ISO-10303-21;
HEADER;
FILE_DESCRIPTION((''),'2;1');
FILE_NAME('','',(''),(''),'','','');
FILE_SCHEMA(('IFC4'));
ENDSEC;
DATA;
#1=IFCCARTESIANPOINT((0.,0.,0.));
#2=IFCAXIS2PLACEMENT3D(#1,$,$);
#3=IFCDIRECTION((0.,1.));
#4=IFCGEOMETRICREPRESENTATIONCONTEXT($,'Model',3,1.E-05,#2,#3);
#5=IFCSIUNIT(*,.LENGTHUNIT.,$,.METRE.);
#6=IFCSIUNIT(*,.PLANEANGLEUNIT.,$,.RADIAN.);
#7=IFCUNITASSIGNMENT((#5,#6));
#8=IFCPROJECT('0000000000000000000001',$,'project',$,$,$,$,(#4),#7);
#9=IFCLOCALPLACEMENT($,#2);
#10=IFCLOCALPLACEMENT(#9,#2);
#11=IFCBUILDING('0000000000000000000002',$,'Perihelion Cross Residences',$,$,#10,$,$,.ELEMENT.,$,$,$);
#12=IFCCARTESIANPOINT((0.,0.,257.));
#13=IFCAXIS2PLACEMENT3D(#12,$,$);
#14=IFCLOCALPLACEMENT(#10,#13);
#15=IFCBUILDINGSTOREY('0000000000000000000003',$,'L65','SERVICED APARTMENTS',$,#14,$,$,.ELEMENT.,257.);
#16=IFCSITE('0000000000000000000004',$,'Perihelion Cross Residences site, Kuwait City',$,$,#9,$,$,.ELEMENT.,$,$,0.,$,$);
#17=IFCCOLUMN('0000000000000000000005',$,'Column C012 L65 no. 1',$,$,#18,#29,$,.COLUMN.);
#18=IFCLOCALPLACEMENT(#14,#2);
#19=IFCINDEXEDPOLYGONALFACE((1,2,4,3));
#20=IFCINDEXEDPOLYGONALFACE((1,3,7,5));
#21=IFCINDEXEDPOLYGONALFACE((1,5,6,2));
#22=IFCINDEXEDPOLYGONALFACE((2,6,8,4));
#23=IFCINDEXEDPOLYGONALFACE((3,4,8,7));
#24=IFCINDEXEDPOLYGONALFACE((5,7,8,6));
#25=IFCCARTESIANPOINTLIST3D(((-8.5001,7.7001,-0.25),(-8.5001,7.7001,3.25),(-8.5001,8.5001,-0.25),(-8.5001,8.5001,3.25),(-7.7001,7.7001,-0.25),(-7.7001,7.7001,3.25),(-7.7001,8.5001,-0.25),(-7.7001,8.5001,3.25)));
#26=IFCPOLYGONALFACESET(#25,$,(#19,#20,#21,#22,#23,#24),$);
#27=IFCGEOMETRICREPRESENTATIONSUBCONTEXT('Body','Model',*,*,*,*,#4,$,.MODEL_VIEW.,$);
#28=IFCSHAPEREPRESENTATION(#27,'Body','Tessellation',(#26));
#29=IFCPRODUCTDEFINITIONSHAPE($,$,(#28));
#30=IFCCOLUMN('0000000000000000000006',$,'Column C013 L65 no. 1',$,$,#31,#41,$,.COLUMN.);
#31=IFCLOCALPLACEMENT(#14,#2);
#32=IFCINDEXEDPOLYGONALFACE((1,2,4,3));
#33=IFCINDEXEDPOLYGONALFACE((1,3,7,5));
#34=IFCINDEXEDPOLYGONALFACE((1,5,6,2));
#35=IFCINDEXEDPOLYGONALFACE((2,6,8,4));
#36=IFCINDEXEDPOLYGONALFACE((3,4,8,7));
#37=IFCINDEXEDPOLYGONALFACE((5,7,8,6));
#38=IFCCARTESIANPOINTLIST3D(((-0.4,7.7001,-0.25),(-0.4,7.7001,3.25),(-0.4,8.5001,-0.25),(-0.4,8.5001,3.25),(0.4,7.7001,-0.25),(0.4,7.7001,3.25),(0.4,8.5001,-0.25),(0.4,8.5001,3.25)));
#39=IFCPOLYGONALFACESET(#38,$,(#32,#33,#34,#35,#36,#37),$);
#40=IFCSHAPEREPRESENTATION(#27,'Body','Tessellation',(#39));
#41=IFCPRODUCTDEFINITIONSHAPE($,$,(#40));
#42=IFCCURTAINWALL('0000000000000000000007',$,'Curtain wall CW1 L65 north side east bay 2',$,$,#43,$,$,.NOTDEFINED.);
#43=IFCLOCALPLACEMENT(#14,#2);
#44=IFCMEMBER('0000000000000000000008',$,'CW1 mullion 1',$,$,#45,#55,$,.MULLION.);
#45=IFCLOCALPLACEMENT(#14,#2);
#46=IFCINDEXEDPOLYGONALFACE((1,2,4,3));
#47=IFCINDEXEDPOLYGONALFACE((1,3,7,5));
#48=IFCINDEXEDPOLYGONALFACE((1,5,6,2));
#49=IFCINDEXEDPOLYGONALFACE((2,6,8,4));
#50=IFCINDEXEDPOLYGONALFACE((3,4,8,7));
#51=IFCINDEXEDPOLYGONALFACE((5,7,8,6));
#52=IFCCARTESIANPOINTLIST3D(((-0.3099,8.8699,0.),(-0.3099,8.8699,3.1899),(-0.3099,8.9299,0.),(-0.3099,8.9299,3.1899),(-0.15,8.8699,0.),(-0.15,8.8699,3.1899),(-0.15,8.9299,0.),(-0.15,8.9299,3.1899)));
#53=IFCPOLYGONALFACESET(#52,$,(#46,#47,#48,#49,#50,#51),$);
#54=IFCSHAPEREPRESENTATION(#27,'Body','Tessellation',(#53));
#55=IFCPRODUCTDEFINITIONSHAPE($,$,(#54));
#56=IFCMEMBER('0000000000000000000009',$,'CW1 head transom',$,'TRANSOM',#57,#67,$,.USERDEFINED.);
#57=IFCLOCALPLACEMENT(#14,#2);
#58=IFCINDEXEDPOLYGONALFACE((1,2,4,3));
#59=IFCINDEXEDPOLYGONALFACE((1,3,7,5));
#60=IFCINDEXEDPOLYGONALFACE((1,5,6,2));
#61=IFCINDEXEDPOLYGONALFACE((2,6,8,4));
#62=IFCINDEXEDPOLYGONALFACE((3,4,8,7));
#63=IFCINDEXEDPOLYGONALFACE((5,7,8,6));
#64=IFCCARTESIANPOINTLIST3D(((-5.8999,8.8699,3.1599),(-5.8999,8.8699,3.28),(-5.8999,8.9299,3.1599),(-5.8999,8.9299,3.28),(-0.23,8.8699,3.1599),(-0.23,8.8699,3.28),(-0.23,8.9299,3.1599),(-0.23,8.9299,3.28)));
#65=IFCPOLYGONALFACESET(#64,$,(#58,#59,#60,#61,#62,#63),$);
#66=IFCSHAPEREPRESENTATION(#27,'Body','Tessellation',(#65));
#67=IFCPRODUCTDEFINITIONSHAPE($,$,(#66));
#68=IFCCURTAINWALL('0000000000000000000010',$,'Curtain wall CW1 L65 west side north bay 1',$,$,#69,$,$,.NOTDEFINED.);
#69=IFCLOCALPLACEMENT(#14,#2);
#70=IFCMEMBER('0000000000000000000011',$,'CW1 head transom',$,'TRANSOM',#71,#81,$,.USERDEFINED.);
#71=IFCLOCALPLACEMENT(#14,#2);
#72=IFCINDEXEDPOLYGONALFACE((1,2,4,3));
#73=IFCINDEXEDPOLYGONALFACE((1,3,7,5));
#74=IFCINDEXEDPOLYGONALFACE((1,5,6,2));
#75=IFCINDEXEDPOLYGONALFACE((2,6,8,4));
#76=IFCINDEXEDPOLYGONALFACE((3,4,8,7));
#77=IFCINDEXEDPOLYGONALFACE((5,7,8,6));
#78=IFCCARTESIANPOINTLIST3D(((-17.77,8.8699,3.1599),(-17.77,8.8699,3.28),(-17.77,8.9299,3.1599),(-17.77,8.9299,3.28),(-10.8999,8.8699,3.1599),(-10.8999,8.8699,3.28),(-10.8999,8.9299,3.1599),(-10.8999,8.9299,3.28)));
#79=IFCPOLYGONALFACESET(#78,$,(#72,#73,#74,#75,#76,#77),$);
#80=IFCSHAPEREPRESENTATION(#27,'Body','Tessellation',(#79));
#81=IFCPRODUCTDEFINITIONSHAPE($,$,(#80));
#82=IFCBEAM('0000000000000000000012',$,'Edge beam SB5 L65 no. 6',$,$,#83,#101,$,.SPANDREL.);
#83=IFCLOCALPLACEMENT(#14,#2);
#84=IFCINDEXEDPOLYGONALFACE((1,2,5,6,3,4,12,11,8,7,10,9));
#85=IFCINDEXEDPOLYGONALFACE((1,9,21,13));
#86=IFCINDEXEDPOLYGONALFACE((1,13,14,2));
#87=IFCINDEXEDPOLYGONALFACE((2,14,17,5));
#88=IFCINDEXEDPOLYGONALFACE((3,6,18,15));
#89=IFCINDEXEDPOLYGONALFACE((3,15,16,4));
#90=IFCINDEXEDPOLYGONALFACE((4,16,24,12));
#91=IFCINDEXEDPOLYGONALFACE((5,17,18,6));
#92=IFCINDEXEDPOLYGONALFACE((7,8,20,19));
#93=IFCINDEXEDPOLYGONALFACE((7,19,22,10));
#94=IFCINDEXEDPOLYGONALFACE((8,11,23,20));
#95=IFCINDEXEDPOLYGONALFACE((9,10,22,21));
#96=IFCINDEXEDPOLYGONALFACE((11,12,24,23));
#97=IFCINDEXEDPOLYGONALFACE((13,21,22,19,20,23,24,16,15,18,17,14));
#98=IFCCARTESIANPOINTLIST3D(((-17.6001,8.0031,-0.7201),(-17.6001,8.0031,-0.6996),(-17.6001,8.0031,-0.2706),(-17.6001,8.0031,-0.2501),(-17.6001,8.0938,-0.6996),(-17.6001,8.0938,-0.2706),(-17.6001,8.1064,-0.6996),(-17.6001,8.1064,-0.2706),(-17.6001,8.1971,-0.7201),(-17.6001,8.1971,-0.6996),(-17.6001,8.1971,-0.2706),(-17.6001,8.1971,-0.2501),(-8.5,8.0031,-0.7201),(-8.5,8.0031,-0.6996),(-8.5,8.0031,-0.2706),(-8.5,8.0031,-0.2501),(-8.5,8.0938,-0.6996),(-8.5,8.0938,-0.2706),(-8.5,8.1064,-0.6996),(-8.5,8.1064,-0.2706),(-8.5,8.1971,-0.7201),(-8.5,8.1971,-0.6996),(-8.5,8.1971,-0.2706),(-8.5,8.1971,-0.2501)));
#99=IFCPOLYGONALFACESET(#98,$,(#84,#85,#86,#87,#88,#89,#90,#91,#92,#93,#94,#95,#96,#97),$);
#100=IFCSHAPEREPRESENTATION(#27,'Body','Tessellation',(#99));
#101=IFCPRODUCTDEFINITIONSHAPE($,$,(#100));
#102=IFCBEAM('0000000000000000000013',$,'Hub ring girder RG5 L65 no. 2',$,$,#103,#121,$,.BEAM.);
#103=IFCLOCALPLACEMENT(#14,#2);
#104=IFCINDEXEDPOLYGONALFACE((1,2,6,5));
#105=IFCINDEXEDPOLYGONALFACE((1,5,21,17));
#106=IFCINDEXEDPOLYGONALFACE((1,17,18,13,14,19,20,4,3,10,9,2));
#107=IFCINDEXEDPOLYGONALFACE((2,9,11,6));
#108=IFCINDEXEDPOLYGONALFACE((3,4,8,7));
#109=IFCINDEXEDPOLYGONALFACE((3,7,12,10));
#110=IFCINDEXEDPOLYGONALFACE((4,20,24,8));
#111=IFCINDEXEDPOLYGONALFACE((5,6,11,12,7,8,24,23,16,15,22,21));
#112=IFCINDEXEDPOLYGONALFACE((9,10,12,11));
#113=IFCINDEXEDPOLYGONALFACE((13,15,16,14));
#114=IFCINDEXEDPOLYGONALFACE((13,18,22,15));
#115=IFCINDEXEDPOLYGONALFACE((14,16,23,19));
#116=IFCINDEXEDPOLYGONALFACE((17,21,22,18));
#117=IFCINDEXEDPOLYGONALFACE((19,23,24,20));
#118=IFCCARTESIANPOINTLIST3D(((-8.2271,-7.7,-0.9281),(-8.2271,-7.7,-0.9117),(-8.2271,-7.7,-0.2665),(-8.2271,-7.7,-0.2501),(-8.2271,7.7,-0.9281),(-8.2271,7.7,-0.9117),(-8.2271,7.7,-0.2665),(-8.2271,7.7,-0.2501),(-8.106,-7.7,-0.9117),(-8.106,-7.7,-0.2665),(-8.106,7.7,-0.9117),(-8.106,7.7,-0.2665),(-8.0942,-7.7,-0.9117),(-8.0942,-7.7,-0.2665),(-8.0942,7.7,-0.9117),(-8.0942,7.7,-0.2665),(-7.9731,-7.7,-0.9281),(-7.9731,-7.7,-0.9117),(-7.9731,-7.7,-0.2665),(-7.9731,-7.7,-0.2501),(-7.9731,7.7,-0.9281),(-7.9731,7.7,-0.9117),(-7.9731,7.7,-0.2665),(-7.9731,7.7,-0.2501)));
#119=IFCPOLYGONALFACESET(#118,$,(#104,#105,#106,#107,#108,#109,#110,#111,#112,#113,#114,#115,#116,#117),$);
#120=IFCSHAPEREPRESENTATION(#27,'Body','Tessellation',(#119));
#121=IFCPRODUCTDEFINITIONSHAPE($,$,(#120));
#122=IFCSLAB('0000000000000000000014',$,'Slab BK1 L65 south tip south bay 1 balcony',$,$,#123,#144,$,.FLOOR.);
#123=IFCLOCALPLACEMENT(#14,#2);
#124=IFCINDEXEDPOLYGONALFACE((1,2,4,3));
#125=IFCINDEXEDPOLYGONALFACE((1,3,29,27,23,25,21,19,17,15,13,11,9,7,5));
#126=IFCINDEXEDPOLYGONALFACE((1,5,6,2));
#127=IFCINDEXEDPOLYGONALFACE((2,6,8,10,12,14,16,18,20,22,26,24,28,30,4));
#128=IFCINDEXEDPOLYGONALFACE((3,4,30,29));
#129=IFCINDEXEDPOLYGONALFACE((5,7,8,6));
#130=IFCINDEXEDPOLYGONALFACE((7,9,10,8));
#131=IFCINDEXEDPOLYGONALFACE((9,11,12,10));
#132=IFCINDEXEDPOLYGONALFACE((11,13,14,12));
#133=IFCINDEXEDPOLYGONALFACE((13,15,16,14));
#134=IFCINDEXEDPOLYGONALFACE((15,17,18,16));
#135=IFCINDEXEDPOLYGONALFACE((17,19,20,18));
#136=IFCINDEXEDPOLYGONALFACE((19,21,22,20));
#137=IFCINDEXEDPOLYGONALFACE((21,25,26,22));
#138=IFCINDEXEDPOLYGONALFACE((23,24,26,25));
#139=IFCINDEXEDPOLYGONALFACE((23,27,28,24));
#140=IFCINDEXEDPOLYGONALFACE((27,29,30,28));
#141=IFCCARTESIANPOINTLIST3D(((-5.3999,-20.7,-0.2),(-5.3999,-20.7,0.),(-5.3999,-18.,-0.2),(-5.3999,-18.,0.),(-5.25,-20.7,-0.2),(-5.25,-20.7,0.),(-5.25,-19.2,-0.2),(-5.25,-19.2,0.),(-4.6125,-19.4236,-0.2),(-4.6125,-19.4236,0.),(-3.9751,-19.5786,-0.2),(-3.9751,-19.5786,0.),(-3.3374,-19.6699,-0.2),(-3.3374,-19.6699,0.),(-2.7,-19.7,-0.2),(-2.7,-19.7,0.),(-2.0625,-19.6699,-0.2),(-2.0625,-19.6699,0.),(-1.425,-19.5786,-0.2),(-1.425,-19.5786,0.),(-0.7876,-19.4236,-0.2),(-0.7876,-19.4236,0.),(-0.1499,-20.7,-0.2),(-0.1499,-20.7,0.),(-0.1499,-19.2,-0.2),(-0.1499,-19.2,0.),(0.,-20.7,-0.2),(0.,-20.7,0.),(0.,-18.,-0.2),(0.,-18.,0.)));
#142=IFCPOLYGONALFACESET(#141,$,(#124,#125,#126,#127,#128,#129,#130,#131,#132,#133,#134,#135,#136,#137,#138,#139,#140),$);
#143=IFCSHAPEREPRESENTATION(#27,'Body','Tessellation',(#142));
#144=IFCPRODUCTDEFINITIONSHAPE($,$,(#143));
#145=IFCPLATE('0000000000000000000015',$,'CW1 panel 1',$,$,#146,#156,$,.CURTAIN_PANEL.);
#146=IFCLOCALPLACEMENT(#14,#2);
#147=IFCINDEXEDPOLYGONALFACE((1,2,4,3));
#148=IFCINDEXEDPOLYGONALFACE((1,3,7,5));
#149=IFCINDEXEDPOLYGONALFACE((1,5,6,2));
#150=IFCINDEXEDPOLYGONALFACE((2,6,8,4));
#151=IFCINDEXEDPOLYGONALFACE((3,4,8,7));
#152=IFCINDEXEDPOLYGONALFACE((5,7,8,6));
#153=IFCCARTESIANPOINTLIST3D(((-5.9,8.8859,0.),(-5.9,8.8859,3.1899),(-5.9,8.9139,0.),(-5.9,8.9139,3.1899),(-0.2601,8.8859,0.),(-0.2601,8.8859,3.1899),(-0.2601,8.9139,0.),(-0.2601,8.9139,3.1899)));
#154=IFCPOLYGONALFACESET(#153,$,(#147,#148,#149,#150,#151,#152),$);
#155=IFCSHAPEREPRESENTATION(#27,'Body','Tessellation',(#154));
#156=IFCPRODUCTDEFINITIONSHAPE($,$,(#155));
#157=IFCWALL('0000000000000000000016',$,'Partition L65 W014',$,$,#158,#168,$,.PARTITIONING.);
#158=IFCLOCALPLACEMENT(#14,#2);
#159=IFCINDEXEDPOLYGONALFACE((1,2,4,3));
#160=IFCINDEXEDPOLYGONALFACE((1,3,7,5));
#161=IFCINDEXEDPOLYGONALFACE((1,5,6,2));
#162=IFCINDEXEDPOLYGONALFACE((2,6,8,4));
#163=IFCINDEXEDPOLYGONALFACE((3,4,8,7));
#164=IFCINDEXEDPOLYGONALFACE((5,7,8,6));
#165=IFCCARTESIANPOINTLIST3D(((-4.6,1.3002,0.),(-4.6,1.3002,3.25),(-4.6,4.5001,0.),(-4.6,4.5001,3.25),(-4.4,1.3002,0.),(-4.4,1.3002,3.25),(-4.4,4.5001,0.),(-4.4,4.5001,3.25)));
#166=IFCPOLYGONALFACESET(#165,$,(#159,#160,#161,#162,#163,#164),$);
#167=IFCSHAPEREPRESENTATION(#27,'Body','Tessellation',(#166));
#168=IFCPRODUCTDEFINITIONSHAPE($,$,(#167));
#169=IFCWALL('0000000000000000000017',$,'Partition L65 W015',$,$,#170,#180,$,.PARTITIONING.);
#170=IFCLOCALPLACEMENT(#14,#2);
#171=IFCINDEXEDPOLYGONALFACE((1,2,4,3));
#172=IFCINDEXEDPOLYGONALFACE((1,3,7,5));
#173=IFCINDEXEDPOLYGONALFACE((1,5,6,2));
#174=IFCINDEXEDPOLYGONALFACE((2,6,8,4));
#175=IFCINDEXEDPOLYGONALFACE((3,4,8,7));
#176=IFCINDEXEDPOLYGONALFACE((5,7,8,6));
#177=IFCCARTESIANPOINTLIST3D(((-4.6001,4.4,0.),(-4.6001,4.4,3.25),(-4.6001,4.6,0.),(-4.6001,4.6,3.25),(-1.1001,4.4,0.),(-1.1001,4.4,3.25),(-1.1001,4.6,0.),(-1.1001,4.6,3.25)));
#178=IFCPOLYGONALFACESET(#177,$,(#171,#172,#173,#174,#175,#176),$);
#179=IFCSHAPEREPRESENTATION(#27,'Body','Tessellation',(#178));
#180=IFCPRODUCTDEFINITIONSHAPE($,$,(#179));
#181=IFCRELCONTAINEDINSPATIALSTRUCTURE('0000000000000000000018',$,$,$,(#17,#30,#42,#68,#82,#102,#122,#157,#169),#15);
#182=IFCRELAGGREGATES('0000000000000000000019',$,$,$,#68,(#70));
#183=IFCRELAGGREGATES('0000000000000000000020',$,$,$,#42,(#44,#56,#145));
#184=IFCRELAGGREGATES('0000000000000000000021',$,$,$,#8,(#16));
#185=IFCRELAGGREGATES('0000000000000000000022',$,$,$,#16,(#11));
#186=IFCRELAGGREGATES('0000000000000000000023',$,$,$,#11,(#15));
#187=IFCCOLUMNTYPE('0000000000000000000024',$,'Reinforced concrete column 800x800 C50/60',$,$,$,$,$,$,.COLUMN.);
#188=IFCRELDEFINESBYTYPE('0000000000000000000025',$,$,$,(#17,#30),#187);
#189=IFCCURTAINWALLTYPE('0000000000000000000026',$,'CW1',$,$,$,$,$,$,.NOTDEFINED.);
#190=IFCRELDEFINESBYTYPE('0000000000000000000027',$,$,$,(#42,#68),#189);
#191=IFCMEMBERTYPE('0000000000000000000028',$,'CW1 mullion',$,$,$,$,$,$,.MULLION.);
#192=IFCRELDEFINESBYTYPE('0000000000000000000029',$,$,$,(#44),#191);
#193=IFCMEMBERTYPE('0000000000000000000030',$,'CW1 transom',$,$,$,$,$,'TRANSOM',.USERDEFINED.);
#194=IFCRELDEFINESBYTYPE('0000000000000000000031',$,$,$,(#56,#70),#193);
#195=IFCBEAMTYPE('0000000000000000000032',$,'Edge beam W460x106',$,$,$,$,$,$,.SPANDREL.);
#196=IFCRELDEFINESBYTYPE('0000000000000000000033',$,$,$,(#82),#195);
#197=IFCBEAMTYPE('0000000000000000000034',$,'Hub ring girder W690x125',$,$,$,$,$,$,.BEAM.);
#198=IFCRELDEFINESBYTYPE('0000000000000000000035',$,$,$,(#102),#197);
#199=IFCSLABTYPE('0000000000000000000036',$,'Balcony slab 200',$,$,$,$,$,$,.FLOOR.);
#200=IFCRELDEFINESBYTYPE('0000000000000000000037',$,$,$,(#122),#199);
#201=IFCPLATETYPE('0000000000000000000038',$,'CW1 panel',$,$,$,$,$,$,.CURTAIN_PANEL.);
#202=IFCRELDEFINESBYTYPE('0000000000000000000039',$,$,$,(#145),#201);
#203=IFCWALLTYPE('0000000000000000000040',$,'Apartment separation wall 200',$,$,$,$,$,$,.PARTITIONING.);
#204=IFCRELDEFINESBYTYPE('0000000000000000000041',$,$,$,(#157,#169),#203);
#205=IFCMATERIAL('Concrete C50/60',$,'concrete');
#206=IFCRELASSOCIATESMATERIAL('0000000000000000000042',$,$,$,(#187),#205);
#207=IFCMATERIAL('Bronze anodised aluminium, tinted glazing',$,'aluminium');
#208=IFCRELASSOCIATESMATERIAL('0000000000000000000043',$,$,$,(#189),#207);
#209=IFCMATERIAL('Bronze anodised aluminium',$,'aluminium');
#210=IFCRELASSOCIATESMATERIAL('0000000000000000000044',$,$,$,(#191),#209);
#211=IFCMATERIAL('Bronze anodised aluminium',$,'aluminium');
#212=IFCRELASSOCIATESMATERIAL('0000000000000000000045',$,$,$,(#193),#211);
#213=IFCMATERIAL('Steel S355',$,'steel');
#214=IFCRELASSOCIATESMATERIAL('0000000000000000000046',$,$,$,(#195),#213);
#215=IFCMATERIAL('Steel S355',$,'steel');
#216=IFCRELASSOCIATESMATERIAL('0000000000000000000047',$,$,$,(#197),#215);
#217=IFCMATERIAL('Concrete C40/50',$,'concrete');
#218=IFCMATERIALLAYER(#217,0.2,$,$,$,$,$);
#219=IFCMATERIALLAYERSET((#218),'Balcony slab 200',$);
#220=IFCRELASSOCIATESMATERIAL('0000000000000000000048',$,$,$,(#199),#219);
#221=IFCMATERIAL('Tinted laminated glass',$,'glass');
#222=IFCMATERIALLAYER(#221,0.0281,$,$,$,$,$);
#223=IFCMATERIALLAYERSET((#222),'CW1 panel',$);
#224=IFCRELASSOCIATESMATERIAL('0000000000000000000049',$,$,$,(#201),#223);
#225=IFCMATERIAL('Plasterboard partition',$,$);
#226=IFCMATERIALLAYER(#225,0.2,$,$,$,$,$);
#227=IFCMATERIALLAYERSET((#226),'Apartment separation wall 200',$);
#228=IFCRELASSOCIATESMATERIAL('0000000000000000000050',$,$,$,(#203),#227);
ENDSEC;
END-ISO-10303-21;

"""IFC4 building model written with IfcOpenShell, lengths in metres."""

from ifc_helpers import new_model, si_unit, direction, frame, frame_2d, origin, origin_2d, place, context, subcontext, project, spatial, polyline, rectangle, i_section, outline, extrude, material, layer, layer_set, material_profile, profile_set, type_object, element, aggregate, save


model = new_model("IFC4")

# Units and contexts
model_context = context("Model", 3, precision=1e-05, world=origin(), true_north=direction((0.0, 1.0)))
body_context = subcontext(model_context, "Body", "Model", "MODEL_VIEW")
ifc_project = project(units=[si_unit("LENGTHUNIT", "METRE"), si_unit("PLANEANGLEUNIT", "RADIAN")], contexts=[model_context])

# Site, building, storey
site_placement = place(None, origin())
site = spatial("IfcSite", under=ifc_project, at=site_placement, Name="Perihelion Cross Residences site, Kuwait City", CompositionType="ELEMENT", RefElevation=0.0)
building_placement = place(site_placement, origin())
building = spatial("IfcBuilding", under=site, at=building_placement, Name="Perihelion Cross Residences", CompositionType="ELEMENT")
storey_placement = place(building_placement, frame((0.0, 0.0, 257.0)))
storey = spatial("IfcBuildingStorey", under=building, at=storey_placement, Name="L65", Description="SERVICED APARTMENTS", CompositionType="ELEMENT", Elevation=257.0)

# Columns
ifc_material_1 = material(Name="Concrete C50/60", Category="concrete")
ifc_material_profile_1 = material_profile(ifc_material_1, rectangle(XDim=0.8, YDim=0.8, at=origin_2d()), Name="RC 800x800")
ifc_profile_set_1 = profile_set([ifc_material_profile_1], Name="Concrete C50/60")
column_type = type_object("IfcColumnType", Name="Reinforced concrete column 800x800 C50/60", PredefinedType="COLUMN", material=ifc_profile_set_1)
for number, where, z_axis, x_axis, name in (
    (1, (-8.1001, 8.1001, -0.25), (0.0, 0.0, 1.0), (1.0, 0.0, 0.0), "Column C012 L65 no. 1"),
    (2, (0.0, 8.1001, -0.25), (0.0, 0.0, 1.0), (1.0, 0.0, 0.0), "Column C013 L65 no. 1"),
):
    element("IfcColumn", number, at=place(storey_placement, frame(where, z_axis=z_axis, x_axis=x_axis)), inside=storey, type_object=column_type, Name=name, PredefinedType="COLUMN", context=body_context, shape_type="SweptSolid", body=[
        extrude(rectangle(XDim=0.8, YDim=0.8, at=origin_2d()), origin(), (0.0, 0.0, 1.0), 3.5),
    ])

# Curtain wall, members
ifc_material_2 = material(Name="Bronze anodised aluminium, tinted glazing", Category="aluminium")
curtain_wall_type = type_object("IfcCurtainWallType", Name="CW1", PredefinedType="NOTDEFINED", material=ifc_material_2)
curtain_wall_1_placement = place(storey_placement, origin())
curtain_wall_1 = element("IfcCurtainWall", 3, at=curtain_wall_1_placement, inside=storey, type_object=curtain_wall_type, Name="Curtain wall CW1 L65 north side east bay 2", PredefinedType="NOTDEFINED")
ifc_material_3 = material(Name="Bronze anodised aluminium", Category="aluminium")
ifc_material_profile_2 = material_profile(ifc_material_3, rectangle(XDim=0.0601, YDim=0.1599, at=origin_2d()), Name="CW1 mullion")
ifc_profile_set_2 = profile_set([ifc_material_profile_2], Name="Bronze anodised aluminium")
member_type_1 = type_object("IfcMemberType", Name="CW1 mullion", PredefinedType="MULLION", material=ifc_profile_set_2)
member_1_placement = place(storey_placement, frame((-0.23, 8.8999, 0.0), z_axis=(0.0, 0.0, 1.0), x_axis=(0.0, -1.0, 0.0)))
member_1 = element("IfcMember", 4, at=member_1_placement, type_object=member_type_1, Name="CW1 mullion 1", PredefinedType="MULLION", context=body_context, shape_type="SweptSolid", body=[
    extrude(rectangle(XDim=0.0601, YDim=0.1599, at=origin_2d()), origin(), (0.0, 0.0, 1.0), 3.1899),
])
ifc_material_4 = material(Name="Bronze anodised aluminium", Category="aluminium")
ifc_material_profile_3 = material_profile(ifc_material_4, rectangle(XDim=0.0601, YDim=0.1201, at=origin_2d()), Name="CW1 transom")
ifc_profile_set_3 = profile_set([ifc_material_profile_3], Name="Bronze anodised aluminium")
member_type_2 = type_object("IfcMemberType", Name="CW1 transom", ElementType="TRANSOM", PredefinedType="USERDEFINED", material=ifc_profile_set_3)
member_2_placement = place(storey_placement, frame((-0.23, 8.8999, 3.22), z_axis=(-1.0, 0.0, 0.0), x_axis=(0.0, -1.0, 0.0)))
member_2 = element("IfcMember", 5, at=member_2_placement, type_object=member_type_2, Name="CW1 head transom", ObjectType="TRANSOM", PredefinedType="USERDEFINED", context=body_context, shape_type="SweptSolid", body=[
    extrude(rectangle(XDim=0.0601, YDim=0.1201, at=origin_2d()), origin(), (0.0, 0.0, 1.0), 5.6699),
])

# Curtain wall, member
curtain_wall_2_placement = place(storey_placement, origin())
curtain_wall_2 = element("IfcCurtainWall", 6, at=curtain_wall_2_placement, inside=storey, type_object=curtain_wall_type, Name="Curtain wall CW1 L65 west side north bay 1", PredefinedType="NOTDEFINED")
member_3_placement = place(storey_placement, frame((-10.8999, 8.8999, 3.22), z_axis=(-1.0, 0.0, 0.0), x_axis=(0.0, -1.0, 0.0)))
member_3 = element("IfcMember", 7, at=member_3_placement, type_object=member_type_2, Name="CW1 head transom", ObjectType="TRANSOM", PredefinedType="USERDEFINED", context=body_context, shape_type="SweptSolid", body=[
    extrude(rectangle(XDim=0.0601, YDim=0.1201, at=origin_2d()), origin(), (0.0, 0.0, 1.0), 6.8701),
])
aggregate(curtain_wall_2, [member_3])

# Beams
ifc_material_5 = material(Name="Steel S355", Category="steel")
ifc_material_profile_4 = material_profile(ifc_material_5, i_section(OverallWidth=0.1941, OverallDepth=0.47, WebThickness=0.0127, FlangeThickness=0.0205, at=origin_2d()), Name="W460x106")
ifc_profile_set_4 = profile_set([ifc_material_profile_4], Name="Steel S355")
beam_type_1 = type_object("IfcBeamType", Name="Edge beam W460x106", PredefinedType="SPANDREL", material=ifc_profile_set_4)
beam_1_placement = place(storey_placement, frame((-8.5, 8.1001, -0.4851), z_axis=(-1.0, 0.0, 0.0), x_axis=(0.0, -1.0, 0.0)))
element("IfcBeam", 8, at=beam_1_placement, inside=storey, type_object=beam_type_1, Name="Edge beam SB5 L65 no. 6", PredefinedType="SPANDREL", context=body_context, shape_type="SweptSolid", body=[
    extrude(i_section(OverallWidth=0.1941, OverallDepth=0.47, WebThickness=0.0127, FlangeThickness=0.0205, at=origin_2d()), origin(), (0.0, 0.0, 1.0), 9.1001),
])
ifc_material_6 = material(Name="Steel S355", Category="steel")
ifc_material_profile_5 = material_profile(ifc_material_6, i_section(OverallWidth=0.2539, OverallDepth=0.678, WebThickness=0.0117, FlangeThickness=0.0164, at=origin_2d()), Name="W690x125")
ifc_profile_set_5 = profile_set([ifc_material_profile_5], Name="Steel S355")
beam_type_2 = type_object("IfcBeamType", Name="Hub ring girder W690x125", PredefinedType="BEAM", material=ifc_profile_set_5)
beam_2_placement = place(storey_placement, frame((-8.1001, 7.7, -0.5891), z_axis=(0.0, -1.0, 0.0), x_axis=(1.0, 0.0, 0.0)))
element("IfcBeam", 9, at=beam_2_placement, inside=storey, type_object=beam_type_2, Name="Hub ring girder RG5 L65 no. 2", PredefinedType="BEAM", context=body_context, shape_type="SweptSolid", body=[
    extrude(i_section(OverallWidth=0.2539, OverallDepth=0.678, WebThickness=0.0117, FlangeThickness=0.0164, at=origin_2d()), origin(), (0.0, 0.0, 1.0), 15.3999),
])

# Slab
ifc_material_7 = material(Name="Concrete C40/50", Category="concrete")
ifc_layer_1 = layer(ifc_material_7, 0.2)
ifc_layer_set_1 = layer_set([ifc_layer_1], Name="Balcony slab 200")
slab_type = type_object("IfcSlabType", Name="Balcony slab 200", PredefinedType="FLOOR", material=ifc_layer_set_1)
slab_placement = place(storey_placement, frame((0.0, 0.0, -0.2)))
element("IfcSlab", 10, at=slab_placement, inside=storey, type_object=slab_type, Name="Slab BK1 L65 south tip south bay 1 balcony", PredefinedType="FLOOR", context=body_context, shape_type="SweptSolid", body=[
    extrude(outline(polyline([(-5.3999, -18.0), (0.0, -18.0), (0.0, -20.7), (-0.1499, -20.7), (-0.1499, -19.2), (-0.7876, -19.4236), (-1.425, -19.5786), (-2.0625, -19.6699), (-2.7, -19.7), (-3.3374, -19.6699), (-3.9751, -19.5786), (-4.6125, -19.4236), (-5.25, -19.2), (-5.25, -20.7), (-5.3999, -20.7), (-5.3999, -18.0)])), origin(), (0.0, 0.0, 1.0), 0.2),
])

# Plate
ifc_material_8 = material(Name="Tinted laminated glass", Category="glass")
ifc_layer_2 = layer(ifc_material_8, 0.0281)
ifc_layer_set_2 = layer_set([ifc_layer_2], Name="CW1 panel")
plate_type = type_object("IfcPlateType", Name="CW1 panel", PredefinedType="CURTAIN_PANEL", material=ifc_layer_set_2)
plate_placement = place(storey_placement, frame((-3.0801, 8.8999, 0.0), z_axis=(0.0, 0.0, 1.0), x_axis=(-1.0, 0.0, 0.0)))
plate = element("IfcPlate", 11, at=plate_placement, type_object=plate_type, Name="CW1 panel 1", PredefinedType="CURTAIN_PANEL", context=body_context, shape_type="SweptSolid", body=[
    extrude(rectangle(XDim=5.6399, YDim=0.0281, at=origin_2d()), origin(), (0.0, 0.0, 1.0), 3.1899),
])
aggregate(curtain_wall_1, [member_1, member_2, plate])

# Walls
ifc_material_9 = material(Name="Plasterboard partition")
ifc_layer_3 = layer(ifc_material_9, 0.2)
ifc_layer_set_3 = layer_set([ifc_layer_3], Name="Apartment separation wall 200")
wall_type_1 = type_object("IfcWallType", Name="Apartment separation wall 200", PredefinedType="PARTITIONING", material=ifc_layer_set_3)
wall_1_placement = place(storey_placement, frame((-4.5, 1.3, 0.0), z_axis=(0.0, 0.0, 1.0), x_axis=(0.0, 1.0, 0.0)))
element("IfcWall", 12, at=wall_1_placement, inside=storey, type_object=wall_type_1, Name="Partition L65 W014", PredefinedType="PARTITIONING", context=body_context, shape_type="SweptSolid", body=[
    extrude(rectangle(XDim=3.2, YDim=0.2, at=frame_2d((1.6001, 0.0))), origin(), (0.0, 0.0, 1.0), 3.25),
])
wall_2_placement = place(storey_placement, frame((-4.6001, 4.5, 0.0), z_axis=(0.0, 0.0, 1.0), x_axis=(1.0, 0.0, 0.0)))
element("IfcWall", 13, at=wall_2_placement, inside=storey, type_object=wall_type_1, Name="Partition L65 W015", PredefinedType="PARTITIONING", context=body_context, shape_type="SweptSolid", body=[
    extrude(rectangle(XDim=3.5, YDim=0.2, at=frame_2d((1.75, 0.0))), origin(), (0.0, 0.0, 1.0), 3.25),
])

save(model, "model.ifc")
